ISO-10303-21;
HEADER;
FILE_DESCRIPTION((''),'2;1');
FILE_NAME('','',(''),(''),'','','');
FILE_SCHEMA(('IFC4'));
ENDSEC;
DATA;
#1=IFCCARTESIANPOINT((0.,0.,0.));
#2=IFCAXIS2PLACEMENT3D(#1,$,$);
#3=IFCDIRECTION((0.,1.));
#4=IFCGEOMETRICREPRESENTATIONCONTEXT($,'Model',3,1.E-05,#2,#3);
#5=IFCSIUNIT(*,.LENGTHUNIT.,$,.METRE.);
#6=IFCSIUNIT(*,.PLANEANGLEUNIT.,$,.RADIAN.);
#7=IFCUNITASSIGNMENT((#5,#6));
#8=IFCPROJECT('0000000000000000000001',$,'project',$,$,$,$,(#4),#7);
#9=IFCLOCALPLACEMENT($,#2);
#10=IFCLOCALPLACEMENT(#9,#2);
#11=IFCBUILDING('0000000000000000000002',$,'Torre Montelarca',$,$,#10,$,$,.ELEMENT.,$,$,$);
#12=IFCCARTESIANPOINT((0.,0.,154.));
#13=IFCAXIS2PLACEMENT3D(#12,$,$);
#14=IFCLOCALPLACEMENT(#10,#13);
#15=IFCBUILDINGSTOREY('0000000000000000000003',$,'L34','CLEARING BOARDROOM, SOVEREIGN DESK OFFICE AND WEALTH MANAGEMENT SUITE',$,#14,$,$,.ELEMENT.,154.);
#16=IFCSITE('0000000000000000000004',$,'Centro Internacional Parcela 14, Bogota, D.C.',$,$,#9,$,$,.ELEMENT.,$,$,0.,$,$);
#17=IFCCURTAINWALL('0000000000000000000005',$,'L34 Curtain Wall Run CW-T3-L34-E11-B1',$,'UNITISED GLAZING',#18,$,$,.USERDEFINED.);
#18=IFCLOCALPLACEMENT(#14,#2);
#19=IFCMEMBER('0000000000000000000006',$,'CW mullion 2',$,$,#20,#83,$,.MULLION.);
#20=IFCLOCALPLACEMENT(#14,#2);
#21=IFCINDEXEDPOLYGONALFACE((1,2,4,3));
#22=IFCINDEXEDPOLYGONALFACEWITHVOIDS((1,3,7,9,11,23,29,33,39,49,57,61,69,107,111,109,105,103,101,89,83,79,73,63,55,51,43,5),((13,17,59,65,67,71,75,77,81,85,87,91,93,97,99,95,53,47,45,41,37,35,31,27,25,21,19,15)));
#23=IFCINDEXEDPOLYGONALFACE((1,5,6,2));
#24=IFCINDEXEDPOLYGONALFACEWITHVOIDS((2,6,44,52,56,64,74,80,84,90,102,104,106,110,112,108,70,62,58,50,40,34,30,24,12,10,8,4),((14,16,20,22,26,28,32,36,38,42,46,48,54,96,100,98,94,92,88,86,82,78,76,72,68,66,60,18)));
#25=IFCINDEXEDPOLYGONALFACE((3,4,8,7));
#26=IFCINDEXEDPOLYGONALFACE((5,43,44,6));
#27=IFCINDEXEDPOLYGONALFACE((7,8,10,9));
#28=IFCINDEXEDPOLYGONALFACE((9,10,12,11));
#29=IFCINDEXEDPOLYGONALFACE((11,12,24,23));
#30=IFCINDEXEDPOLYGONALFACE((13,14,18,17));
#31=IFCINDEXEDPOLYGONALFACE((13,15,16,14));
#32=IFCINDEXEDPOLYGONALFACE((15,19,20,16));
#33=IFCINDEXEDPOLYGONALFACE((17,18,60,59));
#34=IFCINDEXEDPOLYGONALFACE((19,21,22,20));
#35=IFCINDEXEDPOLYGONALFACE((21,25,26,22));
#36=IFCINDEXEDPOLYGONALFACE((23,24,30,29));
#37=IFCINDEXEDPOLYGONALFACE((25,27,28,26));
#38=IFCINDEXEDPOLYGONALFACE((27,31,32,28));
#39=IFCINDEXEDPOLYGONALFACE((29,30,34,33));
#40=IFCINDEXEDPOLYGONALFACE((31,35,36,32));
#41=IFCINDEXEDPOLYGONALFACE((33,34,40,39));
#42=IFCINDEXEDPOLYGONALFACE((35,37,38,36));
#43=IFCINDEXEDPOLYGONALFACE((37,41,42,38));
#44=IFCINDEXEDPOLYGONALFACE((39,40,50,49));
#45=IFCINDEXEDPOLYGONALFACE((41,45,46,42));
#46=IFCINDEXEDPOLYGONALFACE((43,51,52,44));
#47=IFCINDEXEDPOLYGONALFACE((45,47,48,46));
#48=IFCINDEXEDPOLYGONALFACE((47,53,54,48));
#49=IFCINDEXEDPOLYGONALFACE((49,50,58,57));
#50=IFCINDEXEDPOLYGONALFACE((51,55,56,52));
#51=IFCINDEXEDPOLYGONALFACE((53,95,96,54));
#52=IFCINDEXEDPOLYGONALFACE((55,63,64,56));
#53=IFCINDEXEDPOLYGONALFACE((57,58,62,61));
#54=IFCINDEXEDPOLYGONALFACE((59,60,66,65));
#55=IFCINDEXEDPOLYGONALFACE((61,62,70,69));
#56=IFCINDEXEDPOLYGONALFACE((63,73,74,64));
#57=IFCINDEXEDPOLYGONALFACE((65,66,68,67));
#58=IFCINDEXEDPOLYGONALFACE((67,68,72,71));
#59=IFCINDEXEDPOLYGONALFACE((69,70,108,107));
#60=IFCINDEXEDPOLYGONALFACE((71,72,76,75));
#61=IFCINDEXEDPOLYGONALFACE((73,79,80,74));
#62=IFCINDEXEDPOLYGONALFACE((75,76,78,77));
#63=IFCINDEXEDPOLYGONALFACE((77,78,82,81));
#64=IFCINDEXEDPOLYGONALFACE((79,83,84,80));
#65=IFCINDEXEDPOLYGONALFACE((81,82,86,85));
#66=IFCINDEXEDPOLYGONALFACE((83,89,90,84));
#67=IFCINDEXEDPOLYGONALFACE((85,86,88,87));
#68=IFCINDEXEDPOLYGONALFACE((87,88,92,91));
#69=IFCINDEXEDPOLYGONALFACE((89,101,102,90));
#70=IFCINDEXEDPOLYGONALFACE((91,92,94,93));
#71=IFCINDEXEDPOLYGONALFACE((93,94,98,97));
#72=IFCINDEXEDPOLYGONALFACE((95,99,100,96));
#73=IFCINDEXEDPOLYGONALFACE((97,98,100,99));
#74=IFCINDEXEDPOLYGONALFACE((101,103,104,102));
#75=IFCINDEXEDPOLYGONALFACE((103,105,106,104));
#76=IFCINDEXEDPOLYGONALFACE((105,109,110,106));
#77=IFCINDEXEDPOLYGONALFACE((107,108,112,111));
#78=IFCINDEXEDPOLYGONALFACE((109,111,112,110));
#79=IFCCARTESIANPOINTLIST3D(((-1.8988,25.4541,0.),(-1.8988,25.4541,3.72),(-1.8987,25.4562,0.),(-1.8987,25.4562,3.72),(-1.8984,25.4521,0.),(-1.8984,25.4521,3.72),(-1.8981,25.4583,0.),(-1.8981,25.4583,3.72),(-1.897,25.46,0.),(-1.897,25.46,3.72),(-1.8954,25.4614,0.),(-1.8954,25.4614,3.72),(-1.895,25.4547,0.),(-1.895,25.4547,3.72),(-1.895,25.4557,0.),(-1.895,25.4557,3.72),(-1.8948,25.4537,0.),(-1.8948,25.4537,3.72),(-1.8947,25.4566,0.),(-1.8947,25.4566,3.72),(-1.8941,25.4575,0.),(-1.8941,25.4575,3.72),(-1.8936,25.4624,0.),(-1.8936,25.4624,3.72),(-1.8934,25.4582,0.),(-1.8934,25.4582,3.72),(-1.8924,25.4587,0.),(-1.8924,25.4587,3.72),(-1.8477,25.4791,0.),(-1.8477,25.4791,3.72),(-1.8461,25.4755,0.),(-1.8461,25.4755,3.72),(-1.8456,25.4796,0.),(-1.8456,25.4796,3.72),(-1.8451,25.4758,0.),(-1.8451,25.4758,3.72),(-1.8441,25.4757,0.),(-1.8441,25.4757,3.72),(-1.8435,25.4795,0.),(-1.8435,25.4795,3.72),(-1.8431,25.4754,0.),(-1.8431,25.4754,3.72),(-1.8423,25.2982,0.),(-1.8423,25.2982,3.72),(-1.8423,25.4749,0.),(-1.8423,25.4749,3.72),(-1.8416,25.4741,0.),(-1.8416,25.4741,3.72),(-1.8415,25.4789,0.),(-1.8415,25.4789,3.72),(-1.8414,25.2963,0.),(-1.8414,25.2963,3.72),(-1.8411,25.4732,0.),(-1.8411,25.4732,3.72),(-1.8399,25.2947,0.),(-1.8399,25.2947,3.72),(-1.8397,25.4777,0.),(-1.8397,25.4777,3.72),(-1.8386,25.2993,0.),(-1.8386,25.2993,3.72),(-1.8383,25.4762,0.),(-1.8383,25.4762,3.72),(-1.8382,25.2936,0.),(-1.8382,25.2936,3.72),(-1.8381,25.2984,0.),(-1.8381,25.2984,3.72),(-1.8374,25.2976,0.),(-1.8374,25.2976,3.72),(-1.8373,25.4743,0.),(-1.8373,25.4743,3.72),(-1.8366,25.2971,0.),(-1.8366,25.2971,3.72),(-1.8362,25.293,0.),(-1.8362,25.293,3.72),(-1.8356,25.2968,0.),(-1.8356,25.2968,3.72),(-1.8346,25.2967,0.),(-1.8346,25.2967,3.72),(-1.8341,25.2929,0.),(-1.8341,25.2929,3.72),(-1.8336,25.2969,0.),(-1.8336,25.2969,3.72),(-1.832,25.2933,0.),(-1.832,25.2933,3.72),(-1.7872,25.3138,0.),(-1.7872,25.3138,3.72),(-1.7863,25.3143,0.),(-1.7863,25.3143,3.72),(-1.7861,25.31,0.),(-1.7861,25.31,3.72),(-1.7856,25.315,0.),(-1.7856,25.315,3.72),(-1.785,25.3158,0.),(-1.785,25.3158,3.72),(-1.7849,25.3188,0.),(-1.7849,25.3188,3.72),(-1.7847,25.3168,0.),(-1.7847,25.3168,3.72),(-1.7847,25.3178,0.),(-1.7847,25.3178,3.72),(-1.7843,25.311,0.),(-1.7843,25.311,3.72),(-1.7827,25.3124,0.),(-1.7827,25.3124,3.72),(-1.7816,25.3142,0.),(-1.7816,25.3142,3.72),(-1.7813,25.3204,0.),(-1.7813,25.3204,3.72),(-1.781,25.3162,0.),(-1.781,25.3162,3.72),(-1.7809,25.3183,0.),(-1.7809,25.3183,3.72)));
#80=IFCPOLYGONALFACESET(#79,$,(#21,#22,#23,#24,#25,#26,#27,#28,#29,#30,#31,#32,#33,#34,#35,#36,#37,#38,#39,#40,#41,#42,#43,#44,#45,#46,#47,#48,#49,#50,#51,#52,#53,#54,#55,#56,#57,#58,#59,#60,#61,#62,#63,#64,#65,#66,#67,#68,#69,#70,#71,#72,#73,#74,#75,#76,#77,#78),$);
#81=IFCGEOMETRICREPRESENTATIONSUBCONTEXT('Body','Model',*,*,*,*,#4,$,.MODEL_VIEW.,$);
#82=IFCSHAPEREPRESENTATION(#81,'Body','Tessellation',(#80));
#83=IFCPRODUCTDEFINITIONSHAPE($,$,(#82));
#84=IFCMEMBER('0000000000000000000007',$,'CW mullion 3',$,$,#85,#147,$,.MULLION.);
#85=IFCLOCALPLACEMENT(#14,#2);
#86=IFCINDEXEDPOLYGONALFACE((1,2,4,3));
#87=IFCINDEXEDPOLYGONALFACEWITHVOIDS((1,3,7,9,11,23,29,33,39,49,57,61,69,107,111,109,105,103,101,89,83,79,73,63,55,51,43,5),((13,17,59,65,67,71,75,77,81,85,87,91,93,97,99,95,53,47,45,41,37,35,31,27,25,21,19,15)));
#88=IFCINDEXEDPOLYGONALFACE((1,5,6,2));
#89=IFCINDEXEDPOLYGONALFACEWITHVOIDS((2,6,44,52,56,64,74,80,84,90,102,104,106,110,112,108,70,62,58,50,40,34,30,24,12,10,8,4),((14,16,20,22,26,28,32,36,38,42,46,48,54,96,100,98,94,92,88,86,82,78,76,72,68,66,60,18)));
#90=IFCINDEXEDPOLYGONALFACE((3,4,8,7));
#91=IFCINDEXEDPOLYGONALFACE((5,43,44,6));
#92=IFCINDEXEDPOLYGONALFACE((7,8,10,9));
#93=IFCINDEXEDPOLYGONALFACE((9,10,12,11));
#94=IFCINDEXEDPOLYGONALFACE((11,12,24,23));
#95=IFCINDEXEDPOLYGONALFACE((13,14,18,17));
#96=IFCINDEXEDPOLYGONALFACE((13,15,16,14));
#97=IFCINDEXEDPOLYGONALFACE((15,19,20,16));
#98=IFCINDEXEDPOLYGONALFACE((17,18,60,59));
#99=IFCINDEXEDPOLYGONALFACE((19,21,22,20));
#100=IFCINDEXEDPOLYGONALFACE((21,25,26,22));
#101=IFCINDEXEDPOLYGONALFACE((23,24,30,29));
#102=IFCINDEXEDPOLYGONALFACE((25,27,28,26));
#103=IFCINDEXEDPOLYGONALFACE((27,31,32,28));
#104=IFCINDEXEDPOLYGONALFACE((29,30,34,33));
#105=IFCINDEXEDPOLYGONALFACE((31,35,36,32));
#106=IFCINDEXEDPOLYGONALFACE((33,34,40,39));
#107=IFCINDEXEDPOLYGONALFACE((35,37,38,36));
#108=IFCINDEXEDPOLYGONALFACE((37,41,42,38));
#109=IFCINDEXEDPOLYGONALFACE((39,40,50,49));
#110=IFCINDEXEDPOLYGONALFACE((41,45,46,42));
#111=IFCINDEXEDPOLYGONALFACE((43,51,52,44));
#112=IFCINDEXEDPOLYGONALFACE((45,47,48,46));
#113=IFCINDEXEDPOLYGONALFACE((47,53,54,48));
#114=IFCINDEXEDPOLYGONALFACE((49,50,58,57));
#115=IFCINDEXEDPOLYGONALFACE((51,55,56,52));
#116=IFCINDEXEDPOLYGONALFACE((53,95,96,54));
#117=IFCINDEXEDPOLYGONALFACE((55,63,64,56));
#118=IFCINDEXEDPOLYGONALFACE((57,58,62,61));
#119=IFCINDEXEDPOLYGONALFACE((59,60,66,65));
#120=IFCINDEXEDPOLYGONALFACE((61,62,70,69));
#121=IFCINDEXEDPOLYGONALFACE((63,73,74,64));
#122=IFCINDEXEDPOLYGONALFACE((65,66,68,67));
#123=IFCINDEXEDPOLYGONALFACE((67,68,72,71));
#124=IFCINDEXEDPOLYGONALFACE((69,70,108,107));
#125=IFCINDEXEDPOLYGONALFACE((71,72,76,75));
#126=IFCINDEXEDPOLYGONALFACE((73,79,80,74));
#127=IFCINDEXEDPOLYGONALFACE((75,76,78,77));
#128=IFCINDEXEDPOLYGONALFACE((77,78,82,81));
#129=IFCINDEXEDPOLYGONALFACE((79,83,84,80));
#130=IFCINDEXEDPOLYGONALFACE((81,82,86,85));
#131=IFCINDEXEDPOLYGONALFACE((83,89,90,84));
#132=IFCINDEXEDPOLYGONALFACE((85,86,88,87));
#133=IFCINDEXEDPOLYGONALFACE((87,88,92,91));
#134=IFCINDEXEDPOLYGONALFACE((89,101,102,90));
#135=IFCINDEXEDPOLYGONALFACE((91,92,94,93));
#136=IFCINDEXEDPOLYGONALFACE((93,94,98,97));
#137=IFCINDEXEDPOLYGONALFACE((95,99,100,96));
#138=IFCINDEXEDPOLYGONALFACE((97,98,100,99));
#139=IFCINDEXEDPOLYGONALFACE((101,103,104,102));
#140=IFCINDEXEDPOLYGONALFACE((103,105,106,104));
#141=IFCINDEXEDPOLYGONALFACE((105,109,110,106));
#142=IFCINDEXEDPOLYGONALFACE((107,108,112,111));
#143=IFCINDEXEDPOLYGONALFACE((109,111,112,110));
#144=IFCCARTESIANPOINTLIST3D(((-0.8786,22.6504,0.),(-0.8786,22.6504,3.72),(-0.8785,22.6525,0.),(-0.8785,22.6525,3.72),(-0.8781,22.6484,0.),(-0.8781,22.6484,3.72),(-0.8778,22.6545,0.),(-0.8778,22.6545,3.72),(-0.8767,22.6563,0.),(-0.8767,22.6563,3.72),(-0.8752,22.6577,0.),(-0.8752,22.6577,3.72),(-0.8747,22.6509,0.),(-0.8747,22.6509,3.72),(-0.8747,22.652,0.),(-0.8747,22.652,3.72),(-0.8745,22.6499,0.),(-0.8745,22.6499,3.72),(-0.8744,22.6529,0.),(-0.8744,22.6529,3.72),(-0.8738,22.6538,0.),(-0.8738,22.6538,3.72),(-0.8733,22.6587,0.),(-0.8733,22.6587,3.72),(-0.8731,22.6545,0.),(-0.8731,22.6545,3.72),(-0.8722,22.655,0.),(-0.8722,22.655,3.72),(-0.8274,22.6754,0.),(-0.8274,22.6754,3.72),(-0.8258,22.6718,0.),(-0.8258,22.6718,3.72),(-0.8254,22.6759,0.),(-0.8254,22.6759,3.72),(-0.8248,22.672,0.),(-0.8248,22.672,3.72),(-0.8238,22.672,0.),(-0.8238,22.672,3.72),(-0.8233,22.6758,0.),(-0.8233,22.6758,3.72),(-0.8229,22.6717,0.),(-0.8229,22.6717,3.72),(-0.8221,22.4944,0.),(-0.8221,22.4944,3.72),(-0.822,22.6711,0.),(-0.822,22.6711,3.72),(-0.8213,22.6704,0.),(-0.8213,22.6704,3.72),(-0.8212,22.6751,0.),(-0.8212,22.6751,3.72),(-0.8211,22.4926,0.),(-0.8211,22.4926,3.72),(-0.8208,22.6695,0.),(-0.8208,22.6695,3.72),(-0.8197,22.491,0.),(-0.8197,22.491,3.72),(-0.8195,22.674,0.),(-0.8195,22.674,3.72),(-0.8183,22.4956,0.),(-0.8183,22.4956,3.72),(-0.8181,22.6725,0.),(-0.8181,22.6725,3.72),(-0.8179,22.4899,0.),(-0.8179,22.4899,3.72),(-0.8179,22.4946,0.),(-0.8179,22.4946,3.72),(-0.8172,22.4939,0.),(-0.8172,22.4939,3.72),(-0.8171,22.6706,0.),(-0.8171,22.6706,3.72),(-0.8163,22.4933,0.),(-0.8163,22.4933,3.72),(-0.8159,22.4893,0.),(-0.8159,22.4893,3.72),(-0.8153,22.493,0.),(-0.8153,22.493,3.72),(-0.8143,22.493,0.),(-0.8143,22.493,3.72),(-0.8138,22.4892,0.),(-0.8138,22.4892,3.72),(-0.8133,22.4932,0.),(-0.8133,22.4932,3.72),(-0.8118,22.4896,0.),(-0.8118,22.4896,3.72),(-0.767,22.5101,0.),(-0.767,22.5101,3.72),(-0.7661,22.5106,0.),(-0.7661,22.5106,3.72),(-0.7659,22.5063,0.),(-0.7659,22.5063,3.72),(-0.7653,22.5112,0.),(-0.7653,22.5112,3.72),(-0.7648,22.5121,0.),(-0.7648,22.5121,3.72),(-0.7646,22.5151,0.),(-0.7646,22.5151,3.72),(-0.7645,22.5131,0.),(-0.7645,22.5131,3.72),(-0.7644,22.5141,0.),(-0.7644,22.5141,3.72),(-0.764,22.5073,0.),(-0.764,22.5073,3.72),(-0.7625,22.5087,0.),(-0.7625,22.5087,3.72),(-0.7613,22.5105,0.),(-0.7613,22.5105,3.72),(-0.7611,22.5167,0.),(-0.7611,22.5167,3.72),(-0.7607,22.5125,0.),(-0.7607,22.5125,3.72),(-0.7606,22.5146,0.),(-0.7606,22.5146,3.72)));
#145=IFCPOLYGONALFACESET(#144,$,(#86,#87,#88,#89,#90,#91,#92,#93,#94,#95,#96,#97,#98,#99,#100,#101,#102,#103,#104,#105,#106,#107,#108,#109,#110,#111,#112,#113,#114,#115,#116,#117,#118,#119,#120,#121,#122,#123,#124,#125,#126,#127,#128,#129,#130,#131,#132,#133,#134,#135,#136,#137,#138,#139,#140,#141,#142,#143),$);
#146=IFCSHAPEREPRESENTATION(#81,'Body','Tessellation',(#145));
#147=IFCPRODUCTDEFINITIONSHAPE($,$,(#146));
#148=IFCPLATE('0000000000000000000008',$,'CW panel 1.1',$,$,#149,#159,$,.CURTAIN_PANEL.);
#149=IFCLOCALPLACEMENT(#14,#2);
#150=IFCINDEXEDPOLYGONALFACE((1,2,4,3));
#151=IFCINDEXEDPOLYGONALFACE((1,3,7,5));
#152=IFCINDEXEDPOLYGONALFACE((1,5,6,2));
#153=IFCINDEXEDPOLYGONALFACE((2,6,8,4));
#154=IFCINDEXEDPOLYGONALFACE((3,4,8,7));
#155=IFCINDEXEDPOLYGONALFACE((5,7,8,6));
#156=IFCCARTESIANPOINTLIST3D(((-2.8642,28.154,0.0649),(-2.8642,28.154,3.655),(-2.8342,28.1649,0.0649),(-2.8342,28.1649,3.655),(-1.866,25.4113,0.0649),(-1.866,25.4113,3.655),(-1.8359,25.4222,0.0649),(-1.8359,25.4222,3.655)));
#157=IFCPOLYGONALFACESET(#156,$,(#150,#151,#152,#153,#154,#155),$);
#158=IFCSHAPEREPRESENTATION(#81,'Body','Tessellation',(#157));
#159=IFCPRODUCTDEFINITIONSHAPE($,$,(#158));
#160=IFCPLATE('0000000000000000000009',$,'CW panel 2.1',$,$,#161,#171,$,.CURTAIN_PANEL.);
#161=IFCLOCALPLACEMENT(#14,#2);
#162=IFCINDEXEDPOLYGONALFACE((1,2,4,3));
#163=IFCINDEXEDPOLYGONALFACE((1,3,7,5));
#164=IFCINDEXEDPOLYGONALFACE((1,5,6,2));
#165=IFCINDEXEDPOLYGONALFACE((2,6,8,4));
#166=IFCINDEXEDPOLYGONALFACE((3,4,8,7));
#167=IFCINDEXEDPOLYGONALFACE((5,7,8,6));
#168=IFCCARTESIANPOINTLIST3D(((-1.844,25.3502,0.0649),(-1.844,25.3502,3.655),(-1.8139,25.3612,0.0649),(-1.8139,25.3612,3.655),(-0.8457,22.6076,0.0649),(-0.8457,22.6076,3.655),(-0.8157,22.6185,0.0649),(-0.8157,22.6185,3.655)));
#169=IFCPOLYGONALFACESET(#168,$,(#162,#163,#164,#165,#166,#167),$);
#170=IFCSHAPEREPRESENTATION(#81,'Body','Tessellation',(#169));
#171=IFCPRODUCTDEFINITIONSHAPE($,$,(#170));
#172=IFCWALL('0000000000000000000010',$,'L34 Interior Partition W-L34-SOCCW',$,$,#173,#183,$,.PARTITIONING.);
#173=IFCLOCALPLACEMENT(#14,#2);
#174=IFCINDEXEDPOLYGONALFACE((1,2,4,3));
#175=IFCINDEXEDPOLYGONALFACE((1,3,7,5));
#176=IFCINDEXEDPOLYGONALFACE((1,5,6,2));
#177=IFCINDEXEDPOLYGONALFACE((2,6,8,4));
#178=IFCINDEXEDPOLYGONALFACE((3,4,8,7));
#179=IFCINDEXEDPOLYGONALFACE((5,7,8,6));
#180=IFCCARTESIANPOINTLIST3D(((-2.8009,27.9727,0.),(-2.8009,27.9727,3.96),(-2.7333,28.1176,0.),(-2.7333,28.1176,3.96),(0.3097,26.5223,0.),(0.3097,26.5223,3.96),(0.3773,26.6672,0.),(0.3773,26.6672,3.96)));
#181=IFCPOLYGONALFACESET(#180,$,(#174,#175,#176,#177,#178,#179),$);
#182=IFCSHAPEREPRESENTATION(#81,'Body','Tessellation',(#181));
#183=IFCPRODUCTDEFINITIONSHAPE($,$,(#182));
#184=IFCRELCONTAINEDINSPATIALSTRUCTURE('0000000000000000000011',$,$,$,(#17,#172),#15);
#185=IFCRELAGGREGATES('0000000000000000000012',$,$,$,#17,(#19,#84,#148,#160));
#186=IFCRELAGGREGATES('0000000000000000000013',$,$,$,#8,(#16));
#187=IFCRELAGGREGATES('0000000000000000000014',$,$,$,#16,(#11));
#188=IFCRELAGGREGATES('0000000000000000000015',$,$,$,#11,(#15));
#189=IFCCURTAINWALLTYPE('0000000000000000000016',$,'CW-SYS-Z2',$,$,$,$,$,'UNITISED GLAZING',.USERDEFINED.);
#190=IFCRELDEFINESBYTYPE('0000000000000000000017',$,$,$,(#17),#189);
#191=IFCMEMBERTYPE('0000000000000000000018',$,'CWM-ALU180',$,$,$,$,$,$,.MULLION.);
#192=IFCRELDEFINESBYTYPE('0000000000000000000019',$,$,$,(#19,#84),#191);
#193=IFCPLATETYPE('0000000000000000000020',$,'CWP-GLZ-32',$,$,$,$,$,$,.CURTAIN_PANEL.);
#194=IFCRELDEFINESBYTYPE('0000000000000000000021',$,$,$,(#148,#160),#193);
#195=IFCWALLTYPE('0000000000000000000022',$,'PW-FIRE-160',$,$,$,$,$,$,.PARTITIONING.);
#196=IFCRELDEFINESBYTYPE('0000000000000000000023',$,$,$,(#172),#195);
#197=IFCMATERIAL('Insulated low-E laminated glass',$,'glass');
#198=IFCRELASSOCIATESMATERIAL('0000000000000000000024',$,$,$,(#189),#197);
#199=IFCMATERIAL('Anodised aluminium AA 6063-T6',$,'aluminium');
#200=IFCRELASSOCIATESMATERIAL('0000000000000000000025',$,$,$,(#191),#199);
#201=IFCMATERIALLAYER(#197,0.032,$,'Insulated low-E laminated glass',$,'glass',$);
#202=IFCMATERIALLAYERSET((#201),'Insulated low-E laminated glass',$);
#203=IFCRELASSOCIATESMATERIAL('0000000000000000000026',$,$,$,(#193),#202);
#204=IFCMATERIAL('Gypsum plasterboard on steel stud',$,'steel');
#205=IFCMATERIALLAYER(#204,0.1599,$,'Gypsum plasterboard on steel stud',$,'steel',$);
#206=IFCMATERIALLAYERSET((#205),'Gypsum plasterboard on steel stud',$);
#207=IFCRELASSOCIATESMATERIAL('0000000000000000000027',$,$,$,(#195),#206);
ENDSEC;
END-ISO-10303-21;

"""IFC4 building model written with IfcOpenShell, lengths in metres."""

from ifc_helpers import new_model, si_unit, direction, frame, frame_2d, origin, origin_2d, place, context, subcontext, project, spatial, rectangle, hollow_rectangle, extrude, source, transform, mapped, material, layer, layer_set, material_profile, profile_set, type_object, element, aggregate, save


model = new_model("IFC4")

# Units and contexts
model_context = context("Model", 3, precision=1e-05, world=origin(), true_north=direction((0.0, 1.0)))
body_context = subcontext(model_context, "Body", "Model", "MODEL_VIEW")
ifc_project = project(units=[si_unit("LENGTHUNIT", "METRE"), si_unit("PLANEANGLEUNIT", "RADIAN")], contexts=[model_context])

# Site, building, storey
site_placement = place(None, origin())
site = spatial("IfcSite", under=ifc_project, at=site_placement, Name="Centro Internacional Parcela 14, Bogota, D.C.", CompositionType="ELEMENT", RefElevation=0.0)
building_placement = place(site_placement, origin())
building = spatial("IfcBuilding", under=site, at=building_placement, Name="Torre Montelarca", CompositionType="ELEMENT")
storey_placement = place(building_placement, frame((0.0, 0.0, 154.0)))
storey = spatial("IfcBuildingStorey", under=building, at=storey_placement, Name="L34", Description="CLEARING BOARDROOM, SOVEREIGN DESK OFFICE AND WEALTH MANAGEMENT SUITE", CompositionType="ELEMENT", Elevation=154.0)

# Curtain wall, members, plates
ifc_material_1 = material(Name="Insulated low-E laminated glass", Category="glass")
curtain_wall_type = type_object("IfcCurtainWallType", Name="CW-SYS-Z2", ElementType="UNITISED GLAZING", PredefinedType="USERDEFINED", material=ifc_material_1)
curtain_wall_placement = place(storey_placement, origin())
curtain_wall = element("IfcCurtainWall", 1, at=curtain_wall_placement, inside=storey, type_object=curtain_wall_type, Name="L34 Curtain Wall Run CW-T3-L34-E11-B1", ObjectType="UNITISED GLAZING", PredefinedType="USERDEFINED")
ifc_material_2 = material(Name="Anodised aluminium AA 6063-T6", Category="aluminium")
ifc_material_profile_1 = material_profile(ifc_material_2, hollow_rectangle(XDim=0.0649, YDim=0.1799, WallThickness=0.0039, InnerFilletRadius=0.0039, OuterFilletRadius=0.0081, at=origin_2d()), Name="ALU65X180X4", Category="aluminium")
ifc_profile_set_1 = profile_set([ifc_material_profile_1], Name="Anodised aluminium AA 6063-T6")
member_type_1 = type_object("IfcMemberType", Name="CWM-ALU180", PredefinedType="MULLION", material=ifc_profile_set_1)
shared_shape_1 = source(origin(), body_context, "Body", "SweptSolid", [
    extrude(hollow_rectangle(XDim=0.0649, YDim=0.1799, WallThickness=0.0039, InnerFilletRadius=0.0039, OuterFilletRadius=0.0081, at=origin_2d()), origin(), (0.0, 0.0, 1.0), 3.72),
])
member_1_placement = place(storey_placement, frame((-1.8398, 25.3862, 0.0), z_axis=(0.0, 0.0, 1.0), x_axis=(0.939694, 0.342016, 0.0)))
member_1 = element("IfcMember", 2, at=member_1_placement, type_object=member_type_1, Name="CW mullion 2", PredefinedType="MULLION", context=body_context, shape_type="MappedRepresentation", body=[
    mapped(shared_shape_1, transform((0.0, 0.0, 0.0), scale=1.0)),
])
member_2_placement = place(storey_placement, frame((-0.8196, 22.5825, 0.0), z_axis=(0.0, 0.0, 1.0), x_axis=(0.939694, 0.342016, 0.0)))
member_2 = element("IfcMember", 3, at=member_2_placement, type_object=member_type_1, Name="CW mullion 3", PredefinedType="MULLION", context=body_context, shape_type="MappedRepresentation", body=[
    mapped(shared_shape_1, transform((0.0, 0.0, 0.0), scale=1.0)),
])
ifc_layer_1 = layer(ifc_material_1, 0.032, Name="Insulated low-E laminated glass", Category="glass")
ifc_layer_set_1 = layer_set([ifc_layer_1], Name="Insulated low-E laminated glass")
plate_type = type_object("IfcPlateType", Name="CWP-GLZ-32", PredefinedType="CURTAIN_PANEL", material=ifc_layer_set_1)
shared_shape_2 = source(origin(), body_context, "Body", "SweptSolid", [
    extrude(rectangle(XDim=2.9187, YDim=0.032, at=origin_2d()), origin(), (0.0, 0.0, 1.0), 3.5901),
])
plate_1_placement = place(storey_placement, frame((-2.3501, 26.7881, 0.0649), z_axis=(0.0, 0.0, 1.0), x_axis=(0.342016, -0.939694, 0.0)))
plate_1 = element("IfcPlate", 4, at=plate_1_placement, type_object=plate_type, Name="CW panel 1.1", PredefinedType="CURTAIN_PANEL", context=body_context, shape_type="MappedRepresentation", body=[
    mapped(shared_shape_2, transform((0.0, 0.0, 0.0), scale=1.0)),
])
plate_2_placement = place(storey_placement, frame((-1.3298, 23.9844, 0.0649), z_axis=(0.0, 0.0, 1.0), x_axis=(0.342016, -0.939694, 0.0)))
plate_2 = element("IfcPlate", 5, at=plate_2_placement, type_object=plate_type, Name="CW panel 2.1", PredefinedType="CURTAIN_PANEL", context=body_context, shape_type="MappedRepresentation", body=[
    mapped(shared_shape_2, transform((0.0, 0.0, 0.0), scale=1.0)),
])
aggregate(curtain_wall, [member_1, member_2, plate_1, plate_2])

# Wall
ifc_material_3 = material(Name="Gypsum plasterboard on steel stud", Category="steel")
ifc_layer_2 = layer(ifc_material_3, 0.1599, Name="Gypsum plasterboard on steel stud", Category="steel")
ifc_layer_set_2 = layer_set([ifc_layer_2], Name="Gypsum plasterboard on steel stud")
wall_type_1 = type_object("IfcWallType", Name="PW-FIRE-160", PredefinedType="PARTITIONING", material=ifc_layer_set_2)
wall_1_placement = place(storey_placement, frame((-2.7671, 28.0452, 0.0), z_axis=(0.0, 0.0, 1.0), x_axis=(0.906314, -0.422605, 0.0)))
element("IfcWall", 6, at=wall_1_placement, inside=storey, type_object=wall_type_1, Name="L34 Interior Partition W-L34-SOCCW", PredefinedType="PARTITIONING", context=body_context, shape_type="SweptSolid", body=[
    extrude(rectangle(XDim=3.4321, YDim=0.1599, at=frame_2d((1.7161, 0.0))), origin(), (0.0, 0.0, 1.0), 3.96),
])

save(model, "model.ifc")
